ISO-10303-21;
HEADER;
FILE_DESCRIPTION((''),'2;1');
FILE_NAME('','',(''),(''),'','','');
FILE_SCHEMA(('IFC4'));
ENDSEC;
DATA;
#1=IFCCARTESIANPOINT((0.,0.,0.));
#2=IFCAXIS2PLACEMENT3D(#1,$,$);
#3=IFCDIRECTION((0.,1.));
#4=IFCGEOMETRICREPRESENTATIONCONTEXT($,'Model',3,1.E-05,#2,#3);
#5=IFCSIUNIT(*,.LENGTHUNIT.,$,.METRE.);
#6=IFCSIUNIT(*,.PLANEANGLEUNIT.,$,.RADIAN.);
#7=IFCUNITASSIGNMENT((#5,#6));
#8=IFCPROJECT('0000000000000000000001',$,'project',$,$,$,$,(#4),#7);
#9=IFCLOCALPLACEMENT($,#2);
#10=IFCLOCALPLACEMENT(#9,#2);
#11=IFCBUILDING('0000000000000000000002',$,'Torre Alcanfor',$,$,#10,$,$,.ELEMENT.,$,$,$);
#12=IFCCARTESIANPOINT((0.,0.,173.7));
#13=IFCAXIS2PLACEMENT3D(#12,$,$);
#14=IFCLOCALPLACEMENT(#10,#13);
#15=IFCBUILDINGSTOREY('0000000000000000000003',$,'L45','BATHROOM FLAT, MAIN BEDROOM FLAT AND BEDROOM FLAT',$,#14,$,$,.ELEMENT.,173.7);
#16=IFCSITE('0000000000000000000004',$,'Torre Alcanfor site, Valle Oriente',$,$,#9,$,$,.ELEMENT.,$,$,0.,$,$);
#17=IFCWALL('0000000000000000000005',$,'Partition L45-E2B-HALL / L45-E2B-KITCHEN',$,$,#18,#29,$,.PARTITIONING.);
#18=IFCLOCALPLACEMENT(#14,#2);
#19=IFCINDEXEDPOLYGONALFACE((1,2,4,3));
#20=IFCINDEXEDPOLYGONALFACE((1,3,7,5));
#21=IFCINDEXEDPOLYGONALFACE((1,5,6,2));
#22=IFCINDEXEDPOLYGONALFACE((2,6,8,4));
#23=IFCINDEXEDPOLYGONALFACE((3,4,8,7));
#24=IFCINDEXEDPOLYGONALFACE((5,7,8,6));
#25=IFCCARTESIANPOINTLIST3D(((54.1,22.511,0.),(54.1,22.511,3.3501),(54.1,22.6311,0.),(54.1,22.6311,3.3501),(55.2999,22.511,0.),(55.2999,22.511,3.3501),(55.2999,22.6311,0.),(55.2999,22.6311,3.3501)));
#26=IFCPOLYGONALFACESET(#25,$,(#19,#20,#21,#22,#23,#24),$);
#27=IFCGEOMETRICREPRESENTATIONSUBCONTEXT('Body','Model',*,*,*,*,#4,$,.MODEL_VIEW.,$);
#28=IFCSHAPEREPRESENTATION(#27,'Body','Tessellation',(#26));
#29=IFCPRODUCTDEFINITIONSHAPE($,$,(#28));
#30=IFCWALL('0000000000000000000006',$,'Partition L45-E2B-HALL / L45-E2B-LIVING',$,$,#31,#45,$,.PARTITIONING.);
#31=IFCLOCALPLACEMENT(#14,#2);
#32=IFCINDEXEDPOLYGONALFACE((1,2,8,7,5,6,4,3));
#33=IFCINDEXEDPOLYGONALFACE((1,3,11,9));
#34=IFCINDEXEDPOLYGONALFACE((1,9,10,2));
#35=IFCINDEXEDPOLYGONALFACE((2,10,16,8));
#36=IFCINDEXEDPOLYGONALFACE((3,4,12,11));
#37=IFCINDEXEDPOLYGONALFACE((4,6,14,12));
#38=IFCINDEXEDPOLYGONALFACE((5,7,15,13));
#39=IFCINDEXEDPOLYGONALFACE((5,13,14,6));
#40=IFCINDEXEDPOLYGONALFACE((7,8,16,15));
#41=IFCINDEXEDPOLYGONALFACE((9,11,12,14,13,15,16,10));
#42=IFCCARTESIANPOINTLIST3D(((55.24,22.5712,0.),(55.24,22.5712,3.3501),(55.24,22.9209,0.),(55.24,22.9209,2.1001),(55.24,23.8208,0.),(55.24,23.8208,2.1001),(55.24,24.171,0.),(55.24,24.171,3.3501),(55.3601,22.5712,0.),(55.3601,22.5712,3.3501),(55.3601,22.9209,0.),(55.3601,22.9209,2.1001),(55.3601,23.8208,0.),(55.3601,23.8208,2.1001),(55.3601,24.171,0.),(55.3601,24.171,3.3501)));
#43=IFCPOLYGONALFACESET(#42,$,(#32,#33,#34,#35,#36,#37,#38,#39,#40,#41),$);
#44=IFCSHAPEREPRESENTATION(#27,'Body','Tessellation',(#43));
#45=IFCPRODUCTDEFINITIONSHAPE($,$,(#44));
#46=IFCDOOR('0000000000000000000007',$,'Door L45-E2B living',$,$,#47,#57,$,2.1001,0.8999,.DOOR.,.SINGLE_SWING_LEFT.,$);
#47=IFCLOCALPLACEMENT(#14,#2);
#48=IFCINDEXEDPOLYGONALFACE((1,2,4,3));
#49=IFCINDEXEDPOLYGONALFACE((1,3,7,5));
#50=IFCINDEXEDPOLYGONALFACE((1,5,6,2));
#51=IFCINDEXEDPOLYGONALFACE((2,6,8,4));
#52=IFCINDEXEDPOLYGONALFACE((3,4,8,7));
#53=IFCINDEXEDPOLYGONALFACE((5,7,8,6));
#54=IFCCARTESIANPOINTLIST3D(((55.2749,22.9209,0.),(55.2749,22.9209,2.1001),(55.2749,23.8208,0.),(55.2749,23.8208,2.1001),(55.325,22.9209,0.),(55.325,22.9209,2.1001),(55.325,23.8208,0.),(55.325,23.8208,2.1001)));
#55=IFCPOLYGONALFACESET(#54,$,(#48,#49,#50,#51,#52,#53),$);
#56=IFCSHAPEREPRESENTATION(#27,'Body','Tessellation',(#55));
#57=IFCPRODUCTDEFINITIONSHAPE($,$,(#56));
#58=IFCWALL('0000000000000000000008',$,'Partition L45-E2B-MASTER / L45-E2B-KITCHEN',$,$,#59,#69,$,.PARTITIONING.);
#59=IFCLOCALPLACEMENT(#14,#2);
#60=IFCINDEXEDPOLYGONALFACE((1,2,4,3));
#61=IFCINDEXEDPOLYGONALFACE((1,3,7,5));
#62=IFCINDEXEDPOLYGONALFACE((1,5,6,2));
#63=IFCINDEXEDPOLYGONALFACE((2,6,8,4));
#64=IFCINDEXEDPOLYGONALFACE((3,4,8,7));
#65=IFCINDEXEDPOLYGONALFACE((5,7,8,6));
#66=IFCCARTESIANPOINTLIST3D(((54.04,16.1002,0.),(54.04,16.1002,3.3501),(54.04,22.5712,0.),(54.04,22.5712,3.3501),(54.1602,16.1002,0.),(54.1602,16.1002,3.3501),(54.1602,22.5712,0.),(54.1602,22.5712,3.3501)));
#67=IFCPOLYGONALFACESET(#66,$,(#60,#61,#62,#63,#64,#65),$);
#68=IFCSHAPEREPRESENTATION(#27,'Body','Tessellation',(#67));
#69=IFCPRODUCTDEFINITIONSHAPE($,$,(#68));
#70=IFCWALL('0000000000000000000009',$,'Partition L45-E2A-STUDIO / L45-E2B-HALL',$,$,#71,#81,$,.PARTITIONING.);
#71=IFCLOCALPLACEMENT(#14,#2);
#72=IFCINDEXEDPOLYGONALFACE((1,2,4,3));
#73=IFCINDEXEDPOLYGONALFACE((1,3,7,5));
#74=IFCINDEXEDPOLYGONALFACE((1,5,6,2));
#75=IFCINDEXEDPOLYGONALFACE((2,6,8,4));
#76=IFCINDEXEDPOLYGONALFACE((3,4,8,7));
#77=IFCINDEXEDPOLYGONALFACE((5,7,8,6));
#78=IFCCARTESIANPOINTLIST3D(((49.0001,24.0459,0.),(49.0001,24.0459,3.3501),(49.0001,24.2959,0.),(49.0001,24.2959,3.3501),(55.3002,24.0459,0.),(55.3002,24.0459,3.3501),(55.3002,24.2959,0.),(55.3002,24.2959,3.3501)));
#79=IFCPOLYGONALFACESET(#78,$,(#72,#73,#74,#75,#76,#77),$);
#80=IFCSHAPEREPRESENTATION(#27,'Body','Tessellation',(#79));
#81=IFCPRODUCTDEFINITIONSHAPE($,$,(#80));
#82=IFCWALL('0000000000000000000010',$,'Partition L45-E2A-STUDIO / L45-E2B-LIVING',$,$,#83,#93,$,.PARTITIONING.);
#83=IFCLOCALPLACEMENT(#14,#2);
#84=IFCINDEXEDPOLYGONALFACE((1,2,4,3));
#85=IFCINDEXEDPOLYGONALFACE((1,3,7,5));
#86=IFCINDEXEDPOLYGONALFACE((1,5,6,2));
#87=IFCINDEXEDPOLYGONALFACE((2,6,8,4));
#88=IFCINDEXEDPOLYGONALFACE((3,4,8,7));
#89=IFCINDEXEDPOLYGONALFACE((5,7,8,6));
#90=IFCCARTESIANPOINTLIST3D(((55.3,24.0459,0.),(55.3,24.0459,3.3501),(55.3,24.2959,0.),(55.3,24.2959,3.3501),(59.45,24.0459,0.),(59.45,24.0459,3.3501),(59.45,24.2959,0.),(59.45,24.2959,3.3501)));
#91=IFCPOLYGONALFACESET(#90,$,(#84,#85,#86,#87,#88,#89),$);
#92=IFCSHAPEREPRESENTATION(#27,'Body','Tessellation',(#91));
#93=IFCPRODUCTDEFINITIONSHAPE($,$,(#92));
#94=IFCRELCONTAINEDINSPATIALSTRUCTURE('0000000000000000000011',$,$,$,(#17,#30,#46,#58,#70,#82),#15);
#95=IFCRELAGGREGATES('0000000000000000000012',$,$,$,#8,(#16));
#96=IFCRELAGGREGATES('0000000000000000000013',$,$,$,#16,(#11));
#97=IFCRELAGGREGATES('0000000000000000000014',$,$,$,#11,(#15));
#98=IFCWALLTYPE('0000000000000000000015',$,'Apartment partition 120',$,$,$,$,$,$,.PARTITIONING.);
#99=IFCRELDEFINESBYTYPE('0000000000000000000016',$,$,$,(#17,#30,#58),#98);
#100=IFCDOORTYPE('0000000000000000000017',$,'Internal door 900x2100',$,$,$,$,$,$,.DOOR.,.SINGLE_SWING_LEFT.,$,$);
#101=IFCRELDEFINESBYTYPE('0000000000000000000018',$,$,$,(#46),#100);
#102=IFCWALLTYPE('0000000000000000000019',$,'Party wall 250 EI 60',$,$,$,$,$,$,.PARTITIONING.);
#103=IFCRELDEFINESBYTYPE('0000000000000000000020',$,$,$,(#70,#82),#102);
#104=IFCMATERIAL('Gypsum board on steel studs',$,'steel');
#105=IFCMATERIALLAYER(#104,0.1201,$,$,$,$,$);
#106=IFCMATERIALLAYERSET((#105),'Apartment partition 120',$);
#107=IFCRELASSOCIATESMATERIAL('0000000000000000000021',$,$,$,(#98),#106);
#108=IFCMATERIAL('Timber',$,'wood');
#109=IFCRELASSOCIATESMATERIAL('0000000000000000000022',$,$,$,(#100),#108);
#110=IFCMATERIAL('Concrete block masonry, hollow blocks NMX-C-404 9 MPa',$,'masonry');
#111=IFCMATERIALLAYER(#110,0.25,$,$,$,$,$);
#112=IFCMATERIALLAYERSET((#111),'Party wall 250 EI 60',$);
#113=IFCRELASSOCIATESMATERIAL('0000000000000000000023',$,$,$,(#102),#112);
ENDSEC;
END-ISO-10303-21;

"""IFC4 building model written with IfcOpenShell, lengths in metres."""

from ifc_helpers import new_model, si_unit, direction, frame, frame_2d, origin, place, context, subcontext, project, spatial, rectangle, extrude, material, layer, layer_set, type_object, element, fill, save


model = new_model("IFC4")

# Units and contexts
model_context = context("Model", 3, precision=1e-05, world=origin(), true_north=direction((0.0, 1.0)))
body_context = subcontext(model_context, "Body", "Model", "MODEL_VIEW")
ifc_project = project(units=[si_unit("LENGTHUNIT", "METRE"), si_unit("PLANEANGLEUNIT", "RADIAN")], contexts=[model_context])

# Site, building, storey
site_placement = place(None, origin())
site = spatial("IfcSite", under=ifc_project, at=site_placement, Name="Torre Alcanfor site, Valle Oriente", CompositionType="ELEMENT", RefElevation=0.0)
building_placement = place(site_placement, origin())
building = spatial("IfcBuilding", under=site, at=building_placement, Name="Torre Alcanfor", CompositionType="ELEMENT")
storey_placement = place(building_placement, frame((0.0, 0.0, 173.7)))
storey = spatial("IfcBuildingStorey", under=building, at=storey_placement, Name="L45", Description="BATHROOM FLAT, MAIN BEDROOM FLAT AND BEDROOM FLAT", CompositionType="ELEMENT", Elevation=173.7)

# Shared definitions
ifc_material_1 = material(Name="Gypsum board on steel studs", Category="steel")
ifc_layer_1 = layer(ifc_material_1, 0.1201)
ifc_layer_set_1 = layer_set([ifc_layer_1], Name="Apartment partition 120")
wall_type_1 = type_object("IfcWallType", Name="Apartment partition 120", PredefinedType="PARTITIONING", material=ifc_layer_set_1)
ifc_material_2 = material(Name="Timber", Category="wood")
door_type = type_object("IfcDoorType", Name="Internal door 900x2100", OperationType="SINGLE_SWING_LEFT", PredefinedType="DOOR", material=ifc_material_2)

# Wall
wall_1_placement = place(storey_placement, frame((55.3, 22.571, 0.0), z_axis=(0.0, 0.0, 1.0), x_axis=(-1.0, 0.0, 0.0)))
element("IfcWall", 1, at=wall_1_placement, inside=storey, type_object=wall_type_1, Name="Partition L45-E2B-HALL / L45-E2B-KITCHEN", PredefinedType="PARTITIONING", context=body_context, shape_type="SweptSolid", body=[
    extrude(rectangle(XDim=1.2, YDim=0.1201, at=frame_2d((0.6001, 0.0))), origin(), (0.0, 0.0, 1.0), 3.3501),
])

# Wall, opening, door
wall_2_placement = place(storey_placement, frame((55.3, 24.1709, 0.0), z_axis=(0.0, 0.0, 1.0), x_axis=(0.0, -1.0, 0.0)))
wall_2 = element("IfcWall", 2, at=wall_2_placement, inside=storey, type_object=wall_type_1, Name="Partition L45-E2B-HALL / L45-E2B-LIVING", PredefinedType="PARTITIONING", context=body_context, shape_type="SweptSolid", body=[
    extrude(rectangle(XDim=1.5999, YDim=0.1201, at=frame_2d((0.7998, 0.0))), origin(), (0.0, 0.0, 1.0), 3.3501),
])
opening_1_placement = place(wall_2_placement, frame((0.3501, 0.0, 0.0)))
opening_1 = element("IfcOpeningElement", 3, at=opening_1_placement, cuts=wall_2, PredefinedType="OPENING", context=body_context, shape_type="SweptSolid", body=[
    extrude(rectangle(XDim=0.8999, YDim=2.1001, at=frame_2d((0.45, 1.05))), frame((0.0, 0.0701, 0.0), z_axis=(0.0, -1.0, 0.0), x_axis=(1.0, 0.0, 0.0)), (0.0, 0.0, 1.0), 0.1401),
])
door_1_placement = place(opening_1_placement, origin())
door_1 = element("IfcDoor", 4, at=door_1_placement, inside=storey, type_object=door_type, Name="Door L45-E2B living", OperationType="SINGLE_SWING_LEFT", OverallHeight=2.1001, OverallWidth=0.8999, PredefinedType="DOOR", context=body_context, shape_type="SweptSolid", body=[
    extrude(rectangle(XDim=0.8999, YDim=2.1001, at=frame_2d((0.45, 1.05))), frame((0.0, 0.0249, 0.0), z_axis=(0.0, -1.0, 0.0), x_axis=(1.0, 0.0, 0.0)), (0.0, 0.0, 1.0), 0.05),
])
fill(opening_1, door_1)

# Walls
wall_3_placement = place(storey_placement, frame((54.1001, 22.571, 0.0), z_axis=(0.0, 0.0, 1.0), x_axis=(0.0, -1.0, 0.0)))
element("IfcWall", 5, at=wall_3_placement, inside=storey, type_object=wall_type_1, Name="Partition L45-E2B-MASTER / L45-E2B-KITCHEN", PredefinedType="PARTITIONING", context=body_context, shape_type="SweptSolid", body=[
    extrude(rectangle(XDim=6.4709, YDim=0.1201, at=frame_2d((3.2354, 0.0))), origin(), (0.0, 0.0, 1.0), 3.3501),
])
ifc_material_3 = material(Name="Concrete block masonry, hollow blocks NMX-C-404 9 MPa", Category="masonry")
ifc_layer_2 = layer(ifc_material_3, 0.25)
ifc_layer_set_2 = layer_set([ifc_layer_2], Name="Party wall 250 EI 60")
wall_type_2 = type_object("IfcWallType", Name="Party wall 250 EI 60", PredefinedType="PARTITIONING", material=ifc_layer_set_2)
wall_4_placement = place(storey_placement, frame((55.3, 24.1709, 0.0), z_axis=(0.0, 0.0, 1.0), x_axis=(-1.0, 0.0, 0.0)))
element("IfcWall", 6, at=wall_4_placement, inside=storey, type_object=wall_type_2, Name="Partition L45-E2A-STUDIO / L45-E2B-HALL", PredefinedType="PARTITIONING", context=body_context, shape_type="SweptSolid", body=[
    extrude(rectangle(XDim=6.3, YDim=0.25, at=frame_2d((3.1499, 0.0))), origin(), (0.0, 0.0, 1.0), 3.3501),
])
wall_5_placement = place(storey_placement, frame((59.45, 24.1709, 0.0), z_axis=(0.0, 0.0, 1.0), x_axis=(-1.0, 0.0, 0.0)))
element("IfcWall", 7, at=wall_5_placement, inside=storey, type_object=wall_type_2, Name="Partition L45-E2A-STUDIO / L45-E2B-LIVING", PredefinedType="PARTITIONING", context=body_context, shape_type="SweptSolid", body=[
    extrude(rectangle(XDim=4.1499, YDim=0.25, at=frame_2d((2.075, 0.0))), origin(), (0.0, 0.0, 1.0), 3.3501),
])

save(model, "model.ifc")
